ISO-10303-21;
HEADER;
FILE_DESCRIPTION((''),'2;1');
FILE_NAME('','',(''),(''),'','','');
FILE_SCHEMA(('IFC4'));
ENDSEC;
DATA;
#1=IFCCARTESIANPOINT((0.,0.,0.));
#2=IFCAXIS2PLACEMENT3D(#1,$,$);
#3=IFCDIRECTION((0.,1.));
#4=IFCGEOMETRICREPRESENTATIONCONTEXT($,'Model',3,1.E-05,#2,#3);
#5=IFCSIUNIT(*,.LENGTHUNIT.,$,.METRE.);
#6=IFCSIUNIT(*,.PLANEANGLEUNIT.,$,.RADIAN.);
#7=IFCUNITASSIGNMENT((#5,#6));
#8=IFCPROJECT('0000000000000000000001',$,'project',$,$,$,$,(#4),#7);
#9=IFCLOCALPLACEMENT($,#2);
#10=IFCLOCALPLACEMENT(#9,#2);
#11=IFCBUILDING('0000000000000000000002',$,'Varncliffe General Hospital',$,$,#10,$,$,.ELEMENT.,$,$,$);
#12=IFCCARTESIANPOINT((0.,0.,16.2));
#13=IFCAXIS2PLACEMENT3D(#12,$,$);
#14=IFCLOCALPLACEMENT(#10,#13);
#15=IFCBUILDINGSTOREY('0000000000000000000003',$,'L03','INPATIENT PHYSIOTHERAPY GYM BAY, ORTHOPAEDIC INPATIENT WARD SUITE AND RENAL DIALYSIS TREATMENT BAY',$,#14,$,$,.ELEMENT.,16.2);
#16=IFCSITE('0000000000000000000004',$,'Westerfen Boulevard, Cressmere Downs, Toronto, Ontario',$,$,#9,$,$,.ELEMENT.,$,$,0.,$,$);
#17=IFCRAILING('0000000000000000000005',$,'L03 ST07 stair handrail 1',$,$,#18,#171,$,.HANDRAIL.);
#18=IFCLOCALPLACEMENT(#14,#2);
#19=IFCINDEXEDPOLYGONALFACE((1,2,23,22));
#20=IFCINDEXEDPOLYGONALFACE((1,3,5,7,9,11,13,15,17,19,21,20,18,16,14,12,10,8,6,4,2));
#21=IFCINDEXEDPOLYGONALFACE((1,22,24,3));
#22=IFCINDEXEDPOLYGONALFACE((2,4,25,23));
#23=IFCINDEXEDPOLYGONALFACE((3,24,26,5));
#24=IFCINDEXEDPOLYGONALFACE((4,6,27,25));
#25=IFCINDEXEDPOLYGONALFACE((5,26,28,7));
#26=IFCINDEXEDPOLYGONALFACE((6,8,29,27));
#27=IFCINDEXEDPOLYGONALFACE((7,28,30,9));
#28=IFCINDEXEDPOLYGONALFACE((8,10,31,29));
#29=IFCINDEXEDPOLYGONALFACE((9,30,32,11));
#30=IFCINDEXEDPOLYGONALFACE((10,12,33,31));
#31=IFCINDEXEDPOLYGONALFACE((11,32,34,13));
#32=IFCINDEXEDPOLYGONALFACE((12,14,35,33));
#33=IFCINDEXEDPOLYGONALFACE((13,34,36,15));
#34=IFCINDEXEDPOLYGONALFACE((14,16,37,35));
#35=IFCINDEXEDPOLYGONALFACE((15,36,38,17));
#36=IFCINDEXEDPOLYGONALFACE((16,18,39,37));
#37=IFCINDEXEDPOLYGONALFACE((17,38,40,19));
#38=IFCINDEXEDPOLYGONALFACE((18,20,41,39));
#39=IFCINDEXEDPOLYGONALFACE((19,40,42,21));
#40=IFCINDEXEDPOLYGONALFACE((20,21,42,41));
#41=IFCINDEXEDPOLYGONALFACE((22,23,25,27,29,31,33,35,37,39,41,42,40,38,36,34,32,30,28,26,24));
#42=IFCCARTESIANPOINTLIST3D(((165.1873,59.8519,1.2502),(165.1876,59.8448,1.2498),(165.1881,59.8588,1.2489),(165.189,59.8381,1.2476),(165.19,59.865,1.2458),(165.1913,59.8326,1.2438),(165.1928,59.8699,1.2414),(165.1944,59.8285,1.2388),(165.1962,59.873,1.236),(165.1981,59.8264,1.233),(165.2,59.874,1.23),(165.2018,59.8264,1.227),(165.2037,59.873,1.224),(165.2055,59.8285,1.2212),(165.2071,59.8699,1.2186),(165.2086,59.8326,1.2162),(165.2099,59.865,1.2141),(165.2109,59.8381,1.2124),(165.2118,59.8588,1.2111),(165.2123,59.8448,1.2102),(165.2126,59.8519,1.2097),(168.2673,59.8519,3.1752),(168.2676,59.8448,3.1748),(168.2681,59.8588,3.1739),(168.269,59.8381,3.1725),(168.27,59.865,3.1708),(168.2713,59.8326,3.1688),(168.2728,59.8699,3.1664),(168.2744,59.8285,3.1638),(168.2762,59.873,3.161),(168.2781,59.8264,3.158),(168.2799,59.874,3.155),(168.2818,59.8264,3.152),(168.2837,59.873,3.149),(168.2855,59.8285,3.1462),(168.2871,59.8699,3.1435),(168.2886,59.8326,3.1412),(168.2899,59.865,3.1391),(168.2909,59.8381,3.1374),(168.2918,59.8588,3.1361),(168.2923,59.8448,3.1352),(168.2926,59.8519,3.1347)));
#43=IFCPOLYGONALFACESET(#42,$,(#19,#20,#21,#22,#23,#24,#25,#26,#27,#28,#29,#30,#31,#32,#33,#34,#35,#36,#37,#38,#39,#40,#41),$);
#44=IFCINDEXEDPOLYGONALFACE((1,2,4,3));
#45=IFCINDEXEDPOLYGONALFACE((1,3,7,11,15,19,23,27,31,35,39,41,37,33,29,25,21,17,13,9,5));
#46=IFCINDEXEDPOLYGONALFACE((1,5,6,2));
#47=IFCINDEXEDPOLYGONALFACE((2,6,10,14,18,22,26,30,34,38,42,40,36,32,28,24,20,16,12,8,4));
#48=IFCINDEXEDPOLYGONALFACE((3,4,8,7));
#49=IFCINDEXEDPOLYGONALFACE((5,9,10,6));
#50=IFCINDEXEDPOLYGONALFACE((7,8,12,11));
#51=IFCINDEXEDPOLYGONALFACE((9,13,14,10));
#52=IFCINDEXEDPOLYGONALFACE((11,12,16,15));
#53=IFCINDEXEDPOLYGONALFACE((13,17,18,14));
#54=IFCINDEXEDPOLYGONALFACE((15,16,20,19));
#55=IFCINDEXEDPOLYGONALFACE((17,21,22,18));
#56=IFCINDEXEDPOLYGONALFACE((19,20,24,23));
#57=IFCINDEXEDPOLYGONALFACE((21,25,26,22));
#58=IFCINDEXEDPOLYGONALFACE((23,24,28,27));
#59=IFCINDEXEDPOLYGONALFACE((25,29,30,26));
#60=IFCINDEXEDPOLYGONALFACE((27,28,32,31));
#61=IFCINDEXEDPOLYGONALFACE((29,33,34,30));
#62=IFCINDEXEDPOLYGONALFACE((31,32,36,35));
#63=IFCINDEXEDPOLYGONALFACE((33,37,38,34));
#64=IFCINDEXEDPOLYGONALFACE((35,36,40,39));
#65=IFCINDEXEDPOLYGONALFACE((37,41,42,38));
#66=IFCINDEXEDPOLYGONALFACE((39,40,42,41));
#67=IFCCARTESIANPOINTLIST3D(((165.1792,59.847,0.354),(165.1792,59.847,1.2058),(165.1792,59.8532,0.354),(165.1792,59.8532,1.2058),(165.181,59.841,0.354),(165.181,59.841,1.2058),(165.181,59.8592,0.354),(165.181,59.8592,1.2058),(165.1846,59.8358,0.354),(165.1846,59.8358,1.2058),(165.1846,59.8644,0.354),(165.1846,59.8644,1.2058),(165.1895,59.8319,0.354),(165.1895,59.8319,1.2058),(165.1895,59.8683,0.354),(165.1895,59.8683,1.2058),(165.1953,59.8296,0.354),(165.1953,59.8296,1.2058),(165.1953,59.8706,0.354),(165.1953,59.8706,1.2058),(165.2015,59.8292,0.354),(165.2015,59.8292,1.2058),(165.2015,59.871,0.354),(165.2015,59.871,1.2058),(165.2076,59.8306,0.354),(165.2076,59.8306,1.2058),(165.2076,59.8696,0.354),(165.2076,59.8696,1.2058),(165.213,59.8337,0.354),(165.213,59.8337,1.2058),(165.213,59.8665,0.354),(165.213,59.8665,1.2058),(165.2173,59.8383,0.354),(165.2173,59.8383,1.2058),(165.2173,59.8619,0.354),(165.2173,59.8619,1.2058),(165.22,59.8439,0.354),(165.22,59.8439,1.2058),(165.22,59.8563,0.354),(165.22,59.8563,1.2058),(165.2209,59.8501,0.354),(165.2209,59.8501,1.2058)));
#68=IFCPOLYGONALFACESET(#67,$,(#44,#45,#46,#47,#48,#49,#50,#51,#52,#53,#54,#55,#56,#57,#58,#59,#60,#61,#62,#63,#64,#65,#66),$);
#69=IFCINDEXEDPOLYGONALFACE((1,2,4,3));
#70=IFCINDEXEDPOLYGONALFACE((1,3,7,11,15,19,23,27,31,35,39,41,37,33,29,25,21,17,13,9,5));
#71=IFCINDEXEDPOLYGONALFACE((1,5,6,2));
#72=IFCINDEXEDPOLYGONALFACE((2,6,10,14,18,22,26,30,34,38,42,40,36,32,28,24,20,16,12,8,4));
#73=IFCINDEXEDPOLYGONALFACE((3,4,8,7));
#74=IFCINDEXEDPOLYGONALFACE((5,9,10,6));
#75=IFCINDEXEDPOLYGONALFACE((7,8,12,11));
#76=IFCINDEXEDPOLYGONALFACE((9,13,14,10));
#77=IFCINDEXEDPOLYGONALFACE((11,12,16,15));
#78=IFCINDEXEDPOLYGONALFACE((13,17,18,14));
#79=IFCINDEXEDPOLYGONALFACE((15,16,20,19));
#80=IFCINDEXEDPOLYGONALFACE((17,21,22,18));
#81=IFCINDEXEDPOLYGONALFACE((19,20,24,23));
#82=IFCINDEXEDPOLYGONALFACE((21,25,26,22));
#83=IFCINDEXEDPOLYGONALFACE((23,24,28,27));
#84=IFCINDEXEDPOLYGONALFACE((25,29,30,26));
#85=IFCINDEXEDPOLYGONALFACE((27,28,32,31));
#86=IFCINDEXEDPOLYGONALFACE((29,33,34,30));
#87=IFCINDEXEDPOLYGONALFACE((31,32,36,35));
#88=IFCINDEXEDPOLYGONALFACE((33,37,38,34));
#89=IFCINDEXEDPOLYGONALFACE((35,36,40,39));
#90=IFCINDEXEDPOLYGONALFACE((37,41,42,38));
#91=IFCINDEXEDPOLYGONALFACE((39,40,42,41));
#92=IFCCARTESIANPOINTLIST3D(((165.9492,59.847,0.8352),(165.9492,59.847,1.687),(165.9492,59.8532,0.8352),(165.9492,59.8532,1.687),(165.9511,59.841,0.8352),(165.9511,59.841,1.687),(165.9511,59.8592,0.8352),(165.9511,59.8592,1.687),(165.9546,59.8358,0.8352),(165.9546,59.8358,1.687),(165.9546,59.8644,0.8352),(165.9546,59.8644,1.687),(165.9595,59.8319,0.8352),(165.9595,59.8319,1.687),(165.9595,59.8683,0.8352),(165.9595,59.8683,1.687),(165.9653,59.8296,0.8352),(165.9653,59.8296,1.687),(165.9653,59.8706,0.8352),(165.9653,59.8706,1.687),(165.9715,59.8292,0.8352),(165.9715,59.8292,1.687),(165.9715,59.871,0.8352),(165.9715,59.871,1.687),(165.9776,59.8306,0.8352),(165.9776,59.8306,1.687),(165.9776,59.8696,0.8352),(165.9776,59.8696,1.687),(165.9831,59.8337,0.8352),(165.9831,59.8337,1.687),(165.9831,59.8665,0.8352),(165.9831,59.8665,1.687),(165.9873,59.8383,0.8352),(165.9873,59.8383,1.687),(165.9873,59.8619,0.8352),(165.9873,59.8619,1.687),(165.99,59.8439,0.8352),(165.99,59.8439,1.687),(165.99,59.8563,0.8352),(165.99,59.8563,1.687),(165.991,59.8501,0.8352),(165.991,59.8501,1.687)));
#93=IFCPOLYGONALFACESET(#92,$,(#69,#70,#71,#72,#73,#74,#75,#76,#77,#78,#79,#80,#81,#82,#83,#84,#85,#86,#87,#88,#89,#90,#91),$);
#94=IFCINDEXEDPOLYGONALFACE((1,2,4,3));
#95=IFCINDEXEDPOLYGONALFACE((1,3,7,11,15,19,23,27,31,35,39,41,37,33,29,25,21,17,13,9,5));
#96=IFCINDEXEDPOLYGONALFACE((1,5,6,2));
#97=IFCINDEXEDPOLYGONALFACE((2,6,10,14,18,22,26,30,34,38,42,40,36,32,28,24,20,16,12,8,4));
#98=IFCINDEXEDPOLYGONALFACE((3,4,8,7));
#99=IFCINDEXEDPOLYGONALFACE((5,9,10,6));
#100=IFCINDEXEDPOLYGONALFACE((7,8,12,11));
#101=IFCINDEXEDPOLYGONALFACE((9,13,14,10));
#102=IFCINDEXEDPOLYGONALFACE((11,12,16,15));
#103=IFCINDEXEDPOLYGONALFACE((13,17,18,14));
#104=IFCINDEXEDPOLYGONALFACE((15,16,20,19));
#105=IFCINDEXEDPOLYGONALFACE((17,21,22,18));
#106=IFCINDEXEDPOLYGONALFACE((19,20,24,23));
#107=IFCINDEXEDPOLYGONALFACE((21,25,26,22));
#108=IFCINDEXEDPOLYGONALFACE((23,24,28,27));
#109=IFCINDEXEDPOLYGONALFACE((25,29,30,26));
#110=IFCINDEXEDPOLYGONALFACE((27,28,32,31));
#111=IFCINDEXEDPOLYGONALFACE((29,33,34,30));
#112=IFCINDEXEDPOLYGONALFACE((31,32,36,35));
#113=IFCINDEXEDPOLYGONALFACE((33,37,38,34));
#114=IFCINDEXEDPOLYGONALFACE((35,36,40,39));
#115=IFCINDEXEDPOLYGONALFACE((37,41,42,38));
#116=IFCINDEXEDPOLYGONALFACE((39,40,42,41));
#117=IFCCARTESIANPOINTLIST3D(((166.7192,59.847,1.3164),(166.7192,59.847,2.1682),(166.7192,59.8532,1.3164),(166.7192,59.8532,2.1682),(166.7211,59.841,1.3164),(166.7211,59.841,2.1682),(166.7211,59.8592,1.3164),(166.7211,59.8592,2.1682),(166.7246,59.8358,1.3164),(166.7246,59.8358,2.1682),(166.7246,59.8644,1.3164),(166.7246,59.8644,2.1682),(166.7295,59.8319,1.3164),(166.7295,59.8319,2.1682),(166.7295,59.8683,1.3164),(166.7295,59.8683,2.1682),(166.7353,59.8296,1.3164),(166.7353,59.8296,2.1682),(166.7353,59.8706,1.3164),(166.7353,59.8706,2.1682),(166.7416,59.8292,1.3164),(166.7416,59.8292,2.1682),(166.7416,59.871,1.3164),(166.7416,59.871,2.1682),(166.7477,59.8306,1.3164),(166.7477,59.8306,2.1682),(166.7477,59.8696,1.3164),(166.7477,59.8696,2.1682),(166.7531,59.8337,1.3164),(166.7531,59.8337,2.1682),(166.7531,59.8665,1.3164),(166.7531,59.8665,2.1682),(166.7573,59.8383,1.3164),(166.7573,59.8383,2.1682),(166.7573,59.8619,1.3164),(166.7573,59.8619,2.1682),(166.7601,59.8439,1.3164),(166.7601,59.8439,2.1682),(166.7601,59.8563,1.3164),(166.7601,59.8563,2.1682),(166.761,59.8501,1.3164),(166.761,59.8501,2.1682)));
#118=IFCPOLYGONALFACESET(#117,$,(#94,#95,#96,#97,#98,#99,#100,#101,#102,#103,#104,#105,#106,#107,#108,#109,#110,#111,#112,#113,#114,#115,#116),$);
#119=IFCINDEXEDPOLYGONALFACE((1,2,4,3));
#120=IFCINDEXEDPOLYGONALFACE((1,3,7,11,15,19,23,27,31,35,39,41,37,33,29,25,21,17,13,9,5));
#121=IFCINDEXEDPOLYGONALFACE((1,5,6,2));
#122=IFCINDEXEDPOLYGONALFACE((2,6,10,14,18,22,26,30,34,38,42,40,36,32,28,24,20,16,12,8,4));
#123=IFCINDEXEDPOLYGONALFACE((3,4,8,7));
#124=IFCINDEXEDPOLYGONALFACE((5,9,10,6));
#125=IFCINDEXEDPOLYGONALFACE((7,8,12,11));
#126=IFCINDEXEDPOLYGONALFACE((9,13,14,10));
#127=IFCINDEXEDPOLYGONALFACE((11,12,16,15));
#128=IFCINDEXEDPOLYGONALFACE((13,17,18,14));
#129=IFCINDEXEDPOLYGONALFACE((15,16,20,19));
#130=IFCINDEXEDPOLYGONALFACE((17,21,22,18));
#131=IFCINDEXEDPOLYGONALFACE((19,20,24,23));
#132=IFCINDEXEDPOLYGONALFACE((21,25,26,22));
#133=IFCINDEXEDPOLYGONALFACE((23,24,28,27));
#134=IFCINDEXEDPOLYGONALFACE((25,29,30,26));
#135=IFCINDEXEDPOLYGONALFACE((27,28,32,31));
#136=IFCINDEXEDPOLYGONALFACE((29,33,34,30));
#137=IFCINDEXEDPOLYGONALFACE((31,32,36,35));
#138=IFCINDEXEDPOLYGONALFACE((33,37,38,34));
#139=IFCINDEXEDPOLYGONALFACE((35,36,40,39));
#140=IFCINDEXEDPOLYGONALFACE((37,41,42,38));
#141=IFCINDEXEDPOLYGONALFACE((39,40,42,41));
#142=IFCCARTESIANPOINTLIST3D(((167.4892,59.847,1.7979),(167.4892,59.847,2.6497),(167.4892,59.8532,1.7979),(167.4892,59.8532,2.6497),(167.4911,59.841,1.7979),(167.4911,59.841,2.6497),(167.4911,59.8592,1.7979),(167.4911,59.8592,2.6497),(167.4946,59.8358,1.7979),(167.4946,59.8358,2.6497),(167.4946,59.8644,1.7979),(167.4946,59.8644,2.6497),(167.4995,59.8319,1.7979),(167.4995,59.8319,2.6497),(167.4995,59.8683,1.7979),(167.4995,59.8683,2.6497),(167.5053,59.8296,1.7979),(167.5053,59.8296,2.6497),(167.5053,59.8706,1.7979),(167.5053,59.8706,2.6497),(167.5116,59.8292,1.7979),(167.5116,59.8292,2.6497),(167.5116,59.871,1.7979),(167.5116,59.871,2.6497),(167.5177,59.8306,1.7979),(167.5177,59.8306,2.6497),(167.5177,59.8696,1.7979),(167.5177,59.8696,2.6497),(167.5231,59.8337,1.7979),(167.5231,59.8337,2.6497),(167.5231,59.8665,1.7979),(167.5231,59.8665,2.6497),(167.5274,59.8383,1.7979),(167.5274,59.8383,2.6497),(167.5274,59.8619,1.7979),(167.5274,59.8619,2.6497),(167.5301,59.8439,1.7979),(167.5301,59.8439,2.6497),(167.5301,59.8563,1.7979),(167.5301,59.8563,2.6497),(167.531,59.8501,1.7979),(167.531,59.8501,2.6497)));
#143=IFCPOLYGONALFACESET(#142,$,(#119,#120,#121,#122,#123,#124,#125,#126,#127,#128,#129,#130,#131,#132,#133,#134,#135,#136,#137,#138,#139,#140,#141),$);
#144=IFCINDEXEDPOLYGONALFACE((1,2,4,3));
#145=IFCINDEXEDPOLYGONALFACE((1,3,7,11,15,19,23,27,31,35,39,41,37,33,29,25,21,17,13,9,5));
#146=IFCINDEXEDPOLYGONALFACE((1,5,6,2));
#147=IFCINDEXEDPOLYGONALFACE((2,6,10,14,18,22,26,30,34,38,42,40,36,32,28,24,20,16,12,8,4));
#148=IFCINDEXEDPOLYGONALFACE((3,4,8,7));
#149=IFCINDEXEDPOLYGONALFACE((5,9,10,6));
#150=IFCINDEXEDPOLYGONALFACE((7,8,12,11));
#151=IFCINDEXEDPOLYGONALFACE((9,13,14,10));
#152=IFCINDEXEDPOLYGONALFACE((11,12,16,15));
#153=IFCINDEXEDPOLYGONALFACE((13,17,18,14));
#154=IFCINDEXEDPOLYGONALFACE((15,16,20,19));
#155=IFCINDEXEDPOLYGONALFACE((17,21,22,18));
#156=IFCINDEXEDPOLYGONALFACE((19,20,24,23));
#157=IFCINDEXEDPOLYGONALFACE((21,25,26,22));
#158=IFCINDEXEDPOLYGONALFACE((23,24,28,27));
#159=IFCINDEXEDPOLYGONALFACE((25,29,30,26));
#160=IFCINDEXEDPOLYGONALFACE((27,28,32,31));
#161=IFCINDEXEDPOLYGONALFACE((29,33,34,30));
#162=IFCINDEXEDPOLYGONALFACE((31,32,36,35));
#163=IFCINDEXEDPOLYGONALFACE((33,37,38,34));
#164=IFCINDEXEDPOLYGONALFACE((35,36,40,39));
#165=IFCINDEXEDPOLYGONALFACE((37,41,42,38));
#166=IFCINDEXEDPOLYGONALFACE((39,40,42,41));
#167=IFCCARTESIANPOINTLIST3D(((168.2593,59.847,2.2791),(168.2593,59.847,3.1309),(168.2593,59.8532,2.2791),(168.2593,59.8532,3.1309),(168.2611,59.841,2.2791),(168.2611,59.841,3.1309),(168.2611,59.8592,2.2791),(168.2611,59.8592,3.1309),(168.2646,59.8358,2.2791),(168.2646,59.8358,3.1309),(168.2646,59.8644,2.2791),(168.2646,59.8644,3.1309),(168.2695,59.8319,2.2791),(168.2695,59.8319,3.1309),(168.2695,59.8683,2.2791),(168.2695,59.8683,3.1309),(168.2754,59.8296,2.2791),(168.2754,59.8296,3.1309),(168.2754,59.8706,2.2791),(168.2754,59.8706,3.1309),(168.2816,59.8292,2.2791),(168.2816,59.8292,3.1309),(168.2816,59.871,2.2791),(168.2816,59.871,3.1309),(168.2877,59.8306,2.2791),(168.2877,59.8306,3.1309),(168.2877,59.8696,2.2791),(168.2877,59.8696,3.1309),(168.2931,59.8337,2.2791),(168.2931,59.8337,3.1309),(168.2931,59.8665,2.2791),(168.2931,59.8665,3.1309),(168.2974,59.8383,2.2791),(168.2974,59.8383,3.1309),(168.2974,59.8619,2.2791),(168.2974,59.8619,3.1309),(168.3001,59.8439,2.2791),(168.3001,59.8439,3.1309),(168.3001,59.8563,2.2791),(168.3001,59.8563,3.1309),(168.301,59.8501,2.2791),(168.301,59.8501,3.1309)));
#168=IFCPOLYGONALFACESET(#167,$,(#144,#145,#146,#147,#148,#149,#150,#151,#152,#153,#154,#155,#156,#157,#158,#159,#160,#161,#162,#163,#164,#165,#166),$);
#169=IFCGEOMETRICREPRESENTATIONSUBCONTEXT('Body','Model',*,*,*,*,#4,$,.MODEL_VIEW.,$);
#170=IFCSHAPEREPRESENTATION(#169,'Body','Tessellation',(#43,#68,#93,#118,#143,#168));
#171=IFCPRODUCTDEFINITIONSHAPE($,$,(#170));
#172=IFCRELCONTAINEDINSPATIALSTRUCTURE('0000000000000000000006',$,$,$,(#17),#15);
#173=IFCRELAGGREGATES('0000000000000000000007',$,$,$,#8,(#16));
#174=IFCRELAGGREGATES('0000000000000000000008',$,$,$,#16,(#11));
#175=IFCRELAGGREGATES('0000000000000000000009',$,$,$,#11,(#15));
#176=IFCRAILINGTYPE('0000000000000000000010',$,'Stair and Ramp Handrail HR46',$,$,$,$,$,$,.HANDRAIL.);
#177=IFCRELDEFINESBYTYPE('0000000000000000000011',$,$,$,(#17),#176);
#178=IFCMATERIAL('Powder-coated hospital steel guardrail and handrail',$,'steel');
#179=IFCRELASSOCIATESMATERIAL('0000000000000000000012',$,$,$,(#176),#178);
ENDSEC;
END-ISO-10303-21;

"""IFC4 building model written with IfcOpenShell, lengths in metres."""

from ifc_helpers import new_model, si_unit, direction, frame, origin, origin_2d, place, context, subcontext, project, spatial, circle, extrude, material, type_object, element, save


model = new_model("IFC4")

# Units and contexts
model_context = context("Model", 3, precision=1e-05, world=origin(), true_north=direction((0.0, 1.0)))
body_context = subcontext(model_context, "Body", "Model", "MODEL_VIEW")
ifc_project = project(units=[si_unit("LENGTHUNIT", "METRE"), si_unit("PLANEANGLEUNIT", "RADIAN")], contexts=[model_context])

# Site, building, storey
site_placement = place(None, origin())
site = spatial("IfcSite", under=ifc_project, at=site_placement, Name="Westerfen Boulevard, Cressmere Downs, Toronto, Ontario", CompositionType="ELEMENT", RefElevation=0.0)
building_placement = place(site_placement, origin())
building = spatial("IfcBuilding", under=site, at=building_placement, Name="Varncliffe General Hospital", CompositionType="ELEMENT")
storey_placement = place(building_placement, frame((0.0, 0.0, 16.2)))
storey = spatial("IfcBuildingStorey", under=building, at=storey_placement, Name="L03", Description="INPATIENT PHYSIOTHERAPY GYM BAY, ORTHOPAEDIC INPATIENT WARD SUITE AND RENAL DIALYSIS TREATMENT BAY", CompositionType="ELEMENT", Elevation=16.2)

# Railing
ifc_material_1 = material(Name="Powder-coated hospital steel guardrail and handrail", Category="steel")
railing_type_1 = type_object("IfcRailingType", Name="Stair and Ramp Handrail HR46", PredefinedType="HANDRAIL", material=ifc_material_1)
railing_1_placement = place(storey_placement, frame((165.2, 59.8501, 0.354)))
element("IfcRailing", 1, at=railing_1_placement, inside=storey, type_object=railing_type_1, Name="L03 ST07 stair handrail 1", PredefinedType="HANDRAIL", context=body_context, shape_type="SweptSolid", body=[
    extrude(circle(Radius=0.0239, at=origin_2d()), frame((0.0, 0.0, 0.876), z_axis=(0.847998, 0.0, 0.529999), x_axis=(0.0, 1.0, 0.0)), (0.0, 0.0, 1.0), 3.6321),
    extrude(circle(Radius=0.021, at=origin_2d()), origin(), (0.0, 0.0, 1.0), 0.8518),
    extrude(circle(Radius=0.021, at=origin_2d()), frame((0.77, 0.0, 0.4812)), (0.0, 0.0, 1.0), 0.8518),
    extrude(circle(Radius=0.021, at=origin_2d()), frame((1.54, 0.0, 0.9624)), (0.0, 0.0, 1.0), 0.8518),
    extrude(circle(Radius=0.021, at=origin_2d()), frame((2.3101, 0.0, 1.4438)), (0.0, 0.0, 1.0), 0.8518),
    extrude(circle(Radius=0.021, at=origin_2d()), frame((3.0801, 0.0, 1.925)), (0.0, 0.0, 1.0), 0.8518),
])

save(model, "model.ifc")
